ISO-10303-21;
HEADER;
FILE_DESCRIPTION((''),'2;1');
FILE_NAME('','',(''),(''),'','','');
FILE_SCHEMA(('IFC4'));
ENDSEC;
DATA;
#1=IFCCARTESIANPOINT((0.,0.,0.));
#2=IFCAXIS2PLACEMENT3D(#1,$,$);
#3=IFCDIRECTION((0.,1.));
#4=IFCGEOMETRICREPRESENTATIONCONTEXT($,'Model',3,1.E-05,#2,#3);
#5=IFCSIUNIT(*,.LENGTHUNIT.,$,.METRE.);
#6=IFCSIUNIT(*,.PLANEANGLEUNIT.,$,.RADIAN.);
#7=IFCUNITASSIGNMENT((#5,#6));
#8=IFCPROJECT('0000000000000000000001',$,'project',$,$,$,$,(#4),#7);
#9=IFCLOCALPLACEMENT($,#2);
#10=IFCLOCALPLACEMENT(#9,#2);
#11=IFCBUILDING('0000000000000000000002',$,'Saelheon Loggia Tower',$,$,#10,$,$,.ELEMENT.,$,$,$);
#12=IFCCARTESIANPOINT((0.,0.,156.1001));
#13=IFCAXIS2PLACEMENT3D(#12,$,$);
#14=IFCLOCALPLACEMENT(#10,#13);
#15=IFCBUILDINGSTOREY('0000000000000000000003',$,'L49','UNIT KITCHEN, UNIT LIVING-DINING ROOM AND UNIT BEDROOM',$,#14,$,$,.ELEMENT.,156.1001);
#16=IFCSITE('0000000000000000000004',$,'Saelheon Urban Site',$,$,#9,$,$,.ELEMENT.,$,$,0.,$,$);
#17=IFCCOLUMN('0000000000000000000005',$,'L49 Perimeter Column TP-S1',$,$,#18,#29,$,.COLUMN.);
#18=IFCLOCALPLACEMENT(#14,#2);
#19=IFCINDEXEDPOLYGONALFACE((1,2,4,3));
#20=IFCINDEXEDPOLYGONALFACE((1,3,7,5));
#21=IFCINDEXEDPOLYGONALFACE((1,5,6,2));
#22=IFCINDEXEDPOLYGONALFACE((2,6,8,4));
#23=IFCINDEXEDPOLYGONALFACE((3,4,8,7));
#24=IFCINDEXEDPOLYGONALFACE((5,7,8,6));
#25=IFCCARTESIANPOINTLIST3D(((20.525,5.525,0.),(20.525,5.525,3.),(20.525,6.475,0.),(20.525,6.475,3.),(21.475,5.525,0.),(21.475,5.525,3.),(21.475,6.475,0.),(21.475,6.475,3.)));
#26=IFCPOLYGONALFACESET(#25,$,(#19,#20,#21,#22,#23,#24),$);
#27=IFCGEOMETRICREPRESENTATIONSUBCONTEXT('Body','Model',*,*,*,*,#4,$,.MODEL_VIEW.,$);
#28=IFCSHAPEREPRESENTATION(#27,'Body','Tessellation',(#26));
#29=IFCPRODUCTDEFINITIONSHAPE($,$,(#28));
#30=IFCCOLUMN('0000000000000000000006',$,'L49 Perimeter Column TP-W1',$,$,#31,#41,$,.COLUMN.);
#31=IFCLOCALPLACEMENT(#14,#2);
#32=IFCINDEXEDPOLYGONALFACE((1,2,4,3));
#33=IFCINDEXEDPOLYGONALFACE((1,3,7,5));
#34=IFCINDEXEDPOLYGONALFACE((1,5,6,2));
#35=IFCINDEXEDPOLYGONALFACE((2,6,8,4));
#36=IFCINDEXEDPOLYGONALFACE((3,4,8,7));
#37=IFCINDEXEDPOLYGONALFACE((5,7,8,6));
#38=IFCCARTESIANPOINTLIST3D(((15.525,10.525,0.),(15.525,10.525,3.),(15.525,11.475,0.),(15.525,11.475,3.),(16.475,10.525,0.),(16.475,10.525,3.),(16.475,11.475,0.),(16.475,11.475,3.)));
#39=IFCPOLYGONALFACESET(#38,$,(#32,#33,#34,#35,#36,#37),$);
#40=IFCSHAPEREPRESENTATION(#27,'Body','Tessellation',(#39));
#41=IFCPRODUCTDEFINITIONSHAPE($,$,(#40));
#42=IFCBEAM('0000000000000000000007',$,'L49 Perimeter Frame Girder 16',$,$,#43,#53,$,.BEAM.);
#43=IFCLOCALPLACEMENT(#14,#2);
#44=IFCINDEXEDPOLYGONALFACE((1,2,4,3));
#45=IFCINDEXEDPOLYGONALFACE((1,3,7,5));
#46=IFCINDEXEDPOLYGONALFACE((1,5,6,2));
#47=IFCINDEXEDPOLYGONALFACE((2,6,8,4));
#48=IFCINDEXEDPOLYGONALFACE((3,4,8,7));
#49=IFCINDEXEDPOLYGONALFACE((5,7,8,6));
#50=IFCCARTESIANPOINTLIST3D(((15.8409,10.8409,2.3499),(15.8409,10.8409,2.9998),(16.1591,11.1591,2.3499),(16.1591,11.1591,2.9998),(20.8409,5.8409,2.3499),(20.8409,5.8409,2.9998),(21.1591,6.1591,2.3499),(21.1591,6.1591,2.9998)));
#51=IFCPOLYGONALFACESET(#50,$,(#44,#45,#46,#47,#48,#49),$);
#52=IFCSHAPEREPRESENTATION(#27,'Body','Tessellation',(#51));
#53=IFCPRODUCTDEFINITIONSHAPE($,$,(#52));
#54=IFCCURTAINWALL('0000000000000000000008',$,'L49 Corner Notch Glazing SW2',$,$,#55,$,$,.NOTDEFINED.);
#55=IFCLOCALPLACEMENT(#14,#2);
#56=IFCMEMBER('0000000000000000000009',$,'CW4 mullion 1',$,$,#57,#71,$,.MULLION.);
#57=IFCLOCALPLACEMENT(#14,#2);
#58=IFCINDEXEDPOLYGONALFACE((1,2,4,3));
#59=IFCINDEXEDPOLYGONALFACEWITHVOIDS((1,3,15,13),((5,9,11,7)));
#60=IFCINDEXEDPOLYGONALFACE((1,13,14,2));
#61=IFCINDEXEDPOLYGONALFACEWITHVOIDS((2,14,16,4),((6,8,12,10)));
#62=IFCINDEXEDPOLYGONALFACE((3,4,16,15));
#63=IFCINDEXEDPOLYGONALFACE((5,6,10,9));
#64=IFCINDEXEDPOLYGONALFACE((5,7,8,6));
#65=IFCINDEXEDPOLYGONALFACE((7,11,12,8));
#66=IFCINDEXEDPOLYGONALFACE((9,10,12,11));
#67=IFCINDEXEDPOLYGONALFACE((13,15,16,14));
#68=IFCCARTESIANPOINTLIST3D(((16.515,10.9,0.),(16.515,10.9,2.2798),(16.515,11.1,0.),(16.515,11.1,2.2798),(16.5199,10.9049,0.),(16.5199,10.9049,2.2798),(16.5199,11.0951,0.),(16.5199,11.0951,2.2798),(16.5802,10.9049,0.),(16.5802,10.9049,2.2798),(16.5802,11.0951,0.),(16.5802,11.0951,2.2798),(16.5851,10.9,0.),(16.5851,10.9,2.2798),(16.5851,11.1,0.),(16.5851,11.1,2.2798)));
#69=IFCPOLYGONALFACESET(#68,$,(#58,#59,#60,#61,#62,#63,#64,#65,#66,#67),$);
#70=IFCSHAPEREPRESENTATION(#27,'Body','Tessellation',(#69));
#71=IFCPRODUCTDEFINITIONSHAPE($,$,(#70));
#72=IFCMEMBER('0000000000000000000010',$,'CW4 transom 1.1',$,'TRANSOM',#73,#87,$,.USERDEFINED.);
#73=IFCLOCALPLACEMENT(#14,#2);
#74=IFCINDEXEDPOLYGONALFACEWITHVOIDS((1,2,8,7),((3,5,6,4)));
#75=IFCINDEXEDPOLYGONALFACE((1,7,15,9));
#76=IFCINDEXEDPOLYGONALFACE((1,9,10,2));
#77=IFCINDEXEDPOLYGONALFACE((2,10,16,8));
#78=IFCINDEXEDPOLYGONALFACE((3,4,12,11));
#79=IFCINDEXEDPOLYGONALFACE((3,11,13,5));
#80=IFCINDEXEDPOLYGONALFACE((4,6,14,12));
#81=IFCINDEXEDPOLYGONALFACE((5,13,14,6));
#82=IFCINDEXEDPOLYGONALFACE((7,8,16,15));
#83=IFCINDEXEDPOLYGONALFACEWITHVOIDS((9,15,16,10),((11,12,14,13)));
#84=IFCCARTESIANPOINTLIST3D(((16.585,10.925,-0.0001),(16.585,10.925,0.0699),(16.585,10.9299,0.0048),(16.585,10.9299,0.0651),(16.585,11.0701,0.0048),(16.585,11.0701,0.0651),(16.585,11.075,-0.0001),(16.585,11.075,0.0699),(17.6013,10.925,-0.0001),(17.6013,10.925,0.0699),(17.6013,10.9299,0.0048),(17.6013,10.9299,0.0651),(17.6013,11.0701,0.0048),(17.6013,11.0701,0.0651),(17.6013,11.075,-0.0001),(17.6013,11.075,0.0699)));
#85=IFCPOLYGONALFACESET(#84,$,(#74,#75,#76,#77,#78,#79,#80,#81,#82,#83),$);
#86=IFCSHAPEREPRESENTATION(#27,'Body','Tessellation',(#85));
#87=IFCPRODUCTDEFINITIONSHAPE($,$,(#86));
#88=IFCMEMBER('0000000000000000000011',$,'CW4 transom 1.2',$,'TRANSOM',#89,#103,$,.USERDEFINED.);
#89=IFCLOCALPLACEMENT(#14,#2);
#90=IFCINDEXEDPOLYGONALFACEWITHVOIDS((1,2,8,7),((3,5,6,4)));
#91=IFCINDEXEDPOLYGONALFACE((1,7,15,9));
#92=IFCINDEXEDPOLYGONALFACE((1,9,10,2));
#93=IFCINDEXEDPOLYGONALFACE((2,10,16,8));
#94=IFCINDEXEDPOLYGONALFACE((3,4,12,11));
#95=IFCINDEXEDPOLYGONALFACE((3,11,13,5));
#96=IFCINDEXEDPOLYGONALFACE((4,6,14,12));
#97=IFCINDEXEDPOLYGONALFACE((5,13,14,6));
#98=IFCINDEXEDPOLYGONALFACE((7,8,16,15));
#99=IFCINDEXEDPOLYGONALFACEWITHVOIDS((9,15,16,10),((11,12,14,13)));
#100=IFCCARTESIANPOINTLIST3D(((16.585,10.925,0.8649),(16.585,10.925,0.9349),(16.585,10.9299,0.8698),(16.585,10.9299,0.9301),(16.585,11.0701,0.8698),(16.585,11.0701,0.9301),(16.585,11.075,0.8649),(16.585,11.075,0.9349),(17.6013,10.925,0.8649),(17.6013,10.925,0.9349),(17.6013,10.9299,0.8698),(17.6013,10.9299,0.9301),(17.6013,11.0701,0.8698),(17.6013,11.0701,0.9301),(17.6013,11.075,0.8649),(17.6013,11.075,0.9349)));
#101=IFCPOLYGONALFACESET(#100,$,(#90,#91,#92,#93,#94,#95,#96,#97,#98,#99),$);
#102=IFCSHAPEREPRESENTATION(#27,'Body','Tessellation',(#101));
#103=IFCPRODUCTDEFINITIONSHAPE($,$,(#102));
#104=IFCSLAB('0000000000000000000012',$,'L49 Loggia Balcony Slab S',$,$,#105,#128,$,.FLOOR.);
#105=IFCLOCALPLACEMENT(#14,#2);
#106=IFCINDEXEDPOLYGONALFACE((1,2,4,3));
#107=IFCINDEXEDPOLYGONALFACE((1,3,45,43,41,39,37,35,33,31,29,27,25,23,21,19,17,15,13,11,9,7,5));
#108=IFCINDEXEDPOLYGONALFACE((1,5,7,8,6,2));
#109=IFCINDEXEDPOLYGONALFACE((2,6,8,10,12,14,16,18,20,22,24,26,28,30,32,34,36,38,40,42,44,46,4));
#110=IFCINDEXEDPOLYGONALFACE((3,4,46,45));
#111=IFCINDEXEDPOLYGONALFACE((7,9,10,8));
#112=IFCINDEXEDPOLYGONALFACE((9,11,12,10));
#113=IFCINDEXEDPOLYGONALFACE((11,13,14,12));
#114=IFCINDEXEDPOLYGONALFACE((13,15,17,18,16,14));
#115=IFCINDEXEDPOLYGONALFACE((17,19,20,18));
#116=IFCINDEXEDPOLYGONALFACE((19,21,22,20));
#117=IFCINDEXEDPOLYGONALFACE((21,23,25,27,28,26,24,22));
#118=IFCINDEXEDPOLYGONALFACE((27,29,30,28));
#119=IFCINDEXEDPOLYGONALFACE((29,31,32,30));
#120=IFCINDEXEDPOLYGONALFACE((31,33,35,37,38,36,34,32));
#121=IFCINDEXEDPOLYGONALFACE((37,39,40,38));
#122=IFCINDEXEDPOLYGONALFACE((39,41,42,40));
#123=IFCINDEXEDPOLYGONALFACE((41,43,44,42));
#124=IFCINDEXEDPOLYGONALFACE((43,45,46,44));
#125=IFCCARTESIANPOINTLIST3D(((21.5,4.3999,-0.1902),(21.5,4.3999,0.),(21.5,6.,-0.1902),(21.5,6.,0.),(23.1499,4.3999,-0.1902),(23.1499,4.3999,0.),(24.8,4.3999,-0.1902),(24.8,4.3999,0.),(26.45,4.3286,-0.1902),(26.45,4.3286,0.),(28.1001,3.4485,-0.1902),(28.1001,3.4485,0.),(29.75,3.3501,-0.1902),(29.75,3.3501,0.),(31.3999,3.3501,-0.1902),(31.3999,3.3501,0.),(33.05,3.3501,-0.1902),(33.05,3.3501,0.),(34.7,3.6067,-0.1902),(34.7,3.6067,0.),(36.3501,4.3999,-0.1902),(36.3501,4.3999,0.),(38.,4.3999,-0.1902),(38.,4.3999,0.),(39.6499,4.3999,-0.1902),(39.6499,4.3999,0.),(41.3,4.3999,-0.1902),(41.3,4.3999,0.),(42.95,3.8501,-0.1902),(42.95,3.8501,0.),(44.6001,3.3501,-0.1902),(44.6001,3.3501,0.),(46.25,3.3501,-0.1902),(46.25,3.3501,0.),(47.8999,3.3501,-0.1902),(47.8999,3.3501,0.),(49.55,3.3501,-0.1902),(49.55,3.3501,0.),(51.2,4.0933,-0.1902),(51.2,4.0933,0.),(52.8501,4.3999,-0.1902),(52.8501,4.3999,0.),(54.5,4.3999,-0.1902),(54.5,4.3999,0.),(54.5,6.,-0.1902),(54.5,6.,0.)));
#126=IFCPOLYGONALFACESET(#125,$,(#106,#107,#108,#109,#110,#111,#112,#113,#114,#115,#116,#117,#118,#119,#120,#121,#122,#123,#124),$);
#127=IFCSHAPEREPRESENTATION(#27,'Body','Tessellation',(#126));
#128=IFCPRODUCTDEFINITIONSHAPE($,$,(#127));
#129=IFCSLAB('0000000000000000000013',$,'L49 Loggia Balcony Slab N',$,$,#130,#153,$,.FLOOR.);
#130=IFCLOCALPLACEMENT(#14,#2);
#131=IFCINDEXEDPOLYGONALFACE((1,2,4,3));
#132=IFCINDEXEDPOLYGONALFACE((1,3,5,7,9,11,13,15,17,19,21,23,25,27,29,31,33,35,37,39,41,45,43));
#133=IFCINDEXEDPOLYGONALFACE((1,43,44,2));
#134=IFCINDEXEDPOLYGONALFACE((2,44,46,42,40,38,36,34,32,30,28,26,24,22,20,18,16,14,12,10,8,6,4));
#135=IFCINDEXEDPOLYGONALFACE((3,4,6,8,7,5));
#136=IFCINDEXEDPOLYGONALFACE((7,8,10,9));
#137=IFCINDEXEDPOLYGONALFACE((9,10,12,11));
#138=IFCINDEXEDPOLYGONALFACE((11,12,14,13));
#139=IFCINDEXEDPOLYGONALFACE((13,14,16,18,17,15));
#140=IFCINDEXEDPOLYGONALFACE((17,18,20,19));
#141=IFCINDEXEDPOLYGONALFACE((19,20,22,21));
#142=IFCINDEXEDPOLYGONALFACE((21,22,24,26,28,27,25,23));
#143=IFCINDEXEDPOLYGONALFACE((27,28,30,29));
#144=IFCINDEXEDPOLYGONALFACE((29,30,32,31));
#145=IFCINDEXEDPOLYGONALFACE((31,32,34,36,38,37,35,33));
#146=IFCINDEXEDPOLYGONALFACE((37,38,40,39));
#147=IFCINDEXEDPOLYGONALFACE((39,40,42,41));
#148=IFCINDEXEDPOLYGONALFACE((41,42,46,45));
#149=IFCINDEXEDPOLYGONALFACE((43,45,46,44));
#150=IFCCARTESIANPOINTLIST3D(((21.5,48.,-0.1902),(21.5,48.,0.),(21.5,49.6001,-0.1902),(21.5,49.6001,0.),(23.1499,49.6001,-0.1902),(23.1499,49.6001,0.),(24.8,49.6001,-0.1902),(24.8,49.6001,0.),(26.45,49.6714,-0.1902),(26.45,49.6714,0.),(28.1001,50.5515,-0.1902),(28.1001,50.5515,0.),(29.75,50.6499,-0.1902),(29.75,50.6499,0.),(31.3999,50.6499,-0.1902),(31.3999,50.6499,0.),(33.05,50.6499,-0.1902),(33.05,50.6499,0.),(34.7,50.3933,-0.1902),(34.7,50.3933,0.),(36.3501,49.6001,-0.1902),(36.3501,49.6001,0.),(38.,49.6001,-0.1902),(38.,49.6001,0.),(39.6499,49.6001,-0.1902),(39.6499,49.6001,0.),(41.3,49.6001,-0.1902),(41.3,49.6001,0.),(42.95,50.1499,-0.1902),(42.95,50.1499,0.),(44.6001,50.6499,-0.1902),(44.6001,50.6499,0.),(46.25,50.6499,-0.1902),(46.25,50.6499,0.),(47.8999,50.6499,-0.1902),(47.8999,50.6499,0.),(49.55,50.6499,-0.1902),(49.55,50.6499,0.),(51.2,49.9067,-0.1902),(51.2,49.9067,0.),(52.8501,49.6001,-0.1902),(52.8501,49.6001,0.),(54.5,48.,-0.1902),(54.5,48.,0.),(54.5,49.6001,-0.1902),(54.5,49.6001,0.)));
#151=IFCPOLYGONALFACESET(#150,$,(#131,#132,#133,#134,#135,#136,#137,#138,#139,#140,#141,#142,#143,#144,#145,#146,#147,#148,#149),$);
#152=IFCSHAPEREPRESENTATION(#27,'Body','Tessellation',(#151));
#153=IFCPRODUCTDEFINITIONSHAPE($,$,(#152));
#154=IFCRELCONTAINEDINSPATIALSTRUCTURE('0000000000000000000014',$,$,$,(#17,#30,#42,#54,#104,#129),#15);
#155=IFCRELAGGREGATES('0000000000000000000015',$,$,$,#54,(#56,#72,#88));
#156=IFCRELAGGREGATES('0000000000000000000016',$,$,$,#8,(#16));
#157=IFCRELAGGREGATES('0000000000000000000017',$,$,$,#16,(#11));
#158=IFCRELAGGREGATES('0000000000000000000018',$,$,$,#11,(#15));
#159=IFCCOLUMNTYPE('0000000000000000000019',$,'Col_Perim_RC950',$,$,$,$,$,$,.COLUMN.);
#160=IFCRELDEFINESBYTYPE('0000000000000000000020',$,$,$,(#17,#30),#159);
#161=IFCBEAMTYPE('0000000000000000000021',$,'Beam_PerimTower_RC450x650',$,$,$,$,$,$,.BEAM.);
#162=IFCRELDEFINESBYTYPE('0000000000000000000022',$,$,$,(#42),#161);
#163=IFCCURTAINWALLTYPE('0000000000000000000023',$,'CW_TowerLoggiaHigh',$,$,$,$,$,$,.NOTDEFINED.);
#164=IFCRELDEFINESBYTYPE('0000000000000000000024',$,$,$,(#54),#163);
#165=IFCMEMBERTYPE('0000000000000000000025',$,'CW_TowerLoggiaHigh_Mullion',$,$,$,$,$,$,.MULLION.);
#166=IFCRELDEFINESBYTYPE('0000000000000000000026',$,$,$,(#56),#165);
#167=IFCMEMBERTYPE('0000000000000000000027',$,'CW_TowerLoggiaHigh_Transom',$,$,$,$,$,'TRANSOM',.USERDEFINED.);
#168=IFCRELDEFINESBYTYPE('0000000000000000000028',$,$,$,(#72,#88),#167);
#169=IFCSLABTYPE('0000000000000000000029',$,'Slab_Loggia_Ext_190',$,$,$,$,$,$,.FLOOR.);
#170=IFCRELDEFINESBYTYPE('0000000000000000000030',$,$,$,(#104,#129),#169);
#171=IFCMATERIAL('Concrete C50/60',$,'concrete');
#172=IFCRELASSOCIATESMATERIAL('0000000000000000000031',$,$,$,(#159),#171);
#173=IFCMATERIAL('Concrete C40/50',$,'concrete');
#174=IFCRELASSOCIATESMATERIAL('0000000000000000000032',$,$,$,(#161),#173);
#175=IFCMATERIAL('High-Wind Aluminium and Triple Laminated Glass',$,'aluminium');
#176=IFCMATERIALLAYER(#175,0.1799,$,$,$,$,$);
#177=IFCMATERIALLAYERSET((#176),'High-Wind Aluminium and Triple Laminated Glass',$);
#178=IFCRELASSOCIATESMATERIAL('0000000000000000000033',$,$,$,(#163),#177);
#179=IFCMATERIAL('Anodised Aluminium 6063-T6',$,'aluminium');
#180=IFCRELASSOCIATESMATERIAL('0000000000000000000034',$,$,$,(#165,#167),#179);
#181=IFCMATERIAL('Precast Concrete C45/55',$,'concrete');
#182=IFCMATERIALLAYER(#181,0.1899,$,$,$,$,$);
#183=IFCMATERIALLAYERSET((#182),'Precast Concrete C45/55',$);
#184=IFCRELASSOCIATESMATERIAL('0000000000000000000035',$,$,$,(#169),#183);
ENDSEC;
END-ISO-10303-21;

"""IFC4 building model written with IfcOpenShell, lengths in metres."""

from ifc_helpers import new_model, si_unit, direction, frame, origin, origin_2d, place, context, subcontext, project, spatial, polyline, rectangle, hollow_rectangle, outline, extrude, source, transform, mapped, material, layer, layer_set, material_profile, profile_set, type_object, element, aggregate, save


model = new_model("IFC4")

# Units and contexts
model_context = context("Model", 3, precision=1e-05, world=origin(), true_north=direction((0.0, 1.0)))
body_context = subcontext(model_context, "Body", "Model", "MODEL_VIEW")
ifc_project = project(units=[si_unit("LENGTHUNIT", "METRE"), si_unit("PLANEANGLEUNIT", "RADIAN")], contexts=[model_context])

# Site, building, storey
site_placement = place(None, origin())
site = spatial("IfcSite", under=ifc_project, at=site_placement, Name="Saelheon Urban Site", CompositionType="ELEMENT", RefElevation=0.0)
building_placement = place(site_placement, origin())
building = spatial("IfcBuilding", under=site, at=building_placement, Name="Saelheon Loggia Tower", CompositionType="ELEMENT")
storey_placement = place(building_placement, frame((0.0, 0.0, 156.1001)))
storey = spatial("IfcBuildingStorey", under=building, at=storey_placement, Name="L49", Description="UNIT KITCHEN, UNIT LIVING-DINING ROOM AND UNIT BEDROOM", CompositionType="ELEMENT", Elevation=156.1001)

# Columns
ifc_material_1 = material(Name="Concrete C50/60", Category="concrete")
ifc_material_profile_1 = material_profile(ifc_material_1, rectangle(XDim=0.95, YDim=0.95, at=origin_2d()), Name="RC-950x950")
ifc_profile_set_1 = profile_set([ifc_material_profile_1], Name="Concrete C50/60")
column_type = type_object("IfcColumnType", Name="Col_Perim_RC950", PredefinedType="COLUMN", material=ifc_profile_set_1)
shared_shape_1 = source(origin(), body_context, "Body", "SweptSolid", [
    extrude(rectangle(XDim=0.95, YDim=0.95, at=origin_2d()), origin(), (0.0, 0.0, 1.0), 3.0),
])
for number, where, z_axis, x_axis, name in (
    (1, (21.0, 6.0, 0.0), (0.0, 0.0, 1.0), (1.0, 0.0, 0.0), "L49 Perimeter Column TP-S1"),
    (2, (16.0, 11.0, 0.0), (0.0, 0.0, 1.0), (1.0, 0.0, 0.0), "L49 Perimeter Column TP-W1"),
):
    element("IfcColumn", number, at=place(storey_placement, frame(where, z_axis=z_axis, x_axis=x_axis)), inside=storey, type_object=column_type, Name=name, PredefinedType="COLUMN", context=body_context, shape_type="MappedRepresentation", body=[
        mapped(shared_shape_1, transform((0.0, 0.0, 0.0), scale=1.0)),
    ])

# Beam
ifc_material_2 = material(Name="Concrete C40/50", Category="concrete")
ifc_material_profile_2 = material_profile(ifc_material_2, rectangle(XDim=0.45, YDim=0.6499, at=origin_2d()), Name="RC-450x650")
ifc_profile_set_2 = profile_set([ifc_material_profile_2], Name="Concrete C40/50")
beam_type = type_object("IfcBeamType", Name="Beam_PerimTower_RC450x650", PredefinedType="BEAM", material=ifc_profile_set_2)
shared_shape_2 = source(origin(), body_context, "Body", "SweptSolid", [
    extrude(rectangle(XDim=0.45, YDim=0.6499, at=origin_2d()), origin(), (0.0, 0.0, 1.0), 7.071),
])
beam_placement = place(storey_placement, frame((16.0, 11.0, 2.6748), z_axis=(0.707107, -0.707107, 0.0), x_axis=(0.707107, 0.707107, 0.0)))
element("IfcBeam", 3, at=beam_placement, inside=storey, type_object=beam_type, Name="L49 Perimeter Frame Girder 16", PredefinedType="BEAM", context=body_context, shape_type="MappedRepresentation", body=[
    mapped(shared_shape_2, transform((0.0, 0.0, 0.0), scale=1.0)),
])

# Curtain wall, members
ifc_material_3 = material(Name="High-Wind Aluminium and Triple Laminated Glass", Category="aluminium")
ifc_layer_1 = layer(ifc_material_3, 0.1799)
ifc_layer_set_1 = layer_set([ifc_layer_1], Name="High-Wind Aluminium and Triple Laminated Glass")
curtain_wall_type = type_object("IfcCurtainWallType", Name="CW_TowerLoggiaHigh", PredefinedType="NOTDEFINED", material=ifc_layer_set_1)
curtain_wall_placement = place(storey_placement, origin())
curtain_wall = element("IfcCurtainWall", 4, at=curtain_wall_placement, inside=storey, type_object=curtain_wall_type, Name="L49 Corner Notch Glazing SW2", PredefinedType="NOTDEFINED")
ifc_material_4 = material(Name="Anodised Aluminium 6063-T6", Category="aluminium")
ifc_material_profile_3 = material_profile(ifc_material_4, hollow_rectangle(XDim=0.0701, YDim=0.2, WallThickness=0.0049, at=origin_2d()), Name="RHS-200x70x5")
ifc_profile_set_3 = profile_set([ifc_material_profile_3], Name="Anodised Aluminium 6063-T6")
member_type_1 = type_object("IfcMemberType", Name="CW_TowerLoggiaHigh_Mullion", PredefinedType="MULLION", material=ifc_profile_set_3)
shared_shape_3 = source(origin(), body_context, "Body", "SweptSolid", [
    extrude(hollow_rectangle(XDim=0.0701, YDim=0.2, WallThickness=0.0049, at=origin_2d()), origin(), (0.0, 0.0, 1.0), 2.2798),
])
member_1_placement = place(storey_placement, frame((16.55, 11.0, 0.0), z_axis=(0.0, 0.0, 1.0), x_axis=(1.0, 0.0, 0.0)))
member_1 = element("IfcMember", 5, at=member_1_placement, type_object=member_type_1, Name="CW4 mullion 1", PredefinedType="MULLION", context=body_context, shape_type="MappedRepresentation", body=[
    mapped(shared_shape_3, transform((0.0, 0.0, 0.0), scale=1.0)),
])
ifc_material_profile_4 = material_profile(ifc_material_4, hollow_rectangle(XDim=0.0701, YDim=0.1499, WallThickness=0.0049, at=origin_2d()), Name="RHS-150x70x5")
ifc_profile_set_4 = profile_set([ifc_material_profile_4], Name="Anodised Aluminium 6063-T6")
member_type_2 = type_object("IfcMemberType", Name="CW_TowerLoggiaHigh_Transom", ElementType="TRANSOM", PredefinedType="USERDEFINED", material=ifc_profile_set_4)
shared_shape_4 = source(origin(), body_context, "Body", "SweptSolid", [
    extrude(hollow_rectangle(XDim=0.0701, YDim=0.1499, WallThickness=0.0049, at=origin_2d()), origin(), (0.0, 0.0, 1.0), 1.0164),
])
member_2_placement = place(storey_placement, frame((16.585, 11.0, 0.0349), z_axis=(1.0, 0.0, 0.0), x_axis=(0.0, 0.0, 1.0)))
member_2 = element("IfcMember", 6, at=member_2_placement, type_object=member_type_2, Name="CW4 transom 1.1", ObjectType="TRANSOM", PredefinedType="USERDEFINED", context=body_context, shape_type="MappedRepresentation", body=[
    mapped(shared_shape_4, transform((0.0, 0.0, 0.0), scale=1.0)),
])
member_3_placement = place(storey_placement, frame((16.585, 11.0, 0.8999), z_axis=(1.0, 0.0, 0.0), x_axis=(0.0, 0.0, 1.0)))
member_3 = element("IfcMember", 7, at=member_3_placement, type_object=member_type_2, Name="CW4 transom 1.2", ObjectType="TRANSOM", PredefinedType="USERDEFINED", context=body_context, shape_type="MappedRepresentation", body=[
    mapped(shared_shape_4, transform((0.0, 0.0, 0.0), scale=1.0)),
])
aggregate(curtain_wall, [member_1, member_2, member_3])

# Slabs
ifc_material_5 = material(Name="Precast Concrete C45/55", Category="concrete")
ifc_layer_2 = layer(ifc_material_5, 0.1899)
ifc_layer_set_2 = layer_set([ifc_layer_2], Name="Precast Concrete C45/55")
slab_type_1 = type_object("IfcSlabType", Name="Slab_Loggia_Ext_190", PredefinedType="FLOOR", material=ifc_layer_set_2)
slab_1_placement = place(storey_placement, frame((0.0, 0.0, -0.1902)))
element("IfcSlab", 8, at=slab_1_placement, inside=storey, type_object=slab_type_1, Name="L49 Loggia Balcony Slab S", PredefinedType="FLOOR", context=body_context, shape_type="SweptSolid", body=[
    extrude(outline(polyline([(21.5, 4.3999), (23.1499, 4.3999), (24.8, 4.3999), (26.45, 4.3286), (28.1001, 3.4485), (29.75, 3.3501), (31.3999, 3.3501), (33.05, 3.3501), (34.7, 3.6067), (36.3501, 4.3999), (38.0, 4.3999), (39.6499, 4.3999), (41.3, 4.3999), (42.95, 3.8501), (44.6001, 3.3501), (46.25, 3.3501), (47.8999, 3.3501), (49.55, 3.3501), (51.2, 4.0933), (52.8501, 4.3999), (54.5, 4.3999), (54.5, 6.0), (21.5, 6.0), (21.5, 4.3999)])), origin(), (0.0, 0.0, 1.0), 0.1902),
])
slab_2_placement = place(storey_placement, frame((0.0, 0.0, -0.1902)))
element("IfcSlab", 9, at=slab_2_placement, inside=storey, type_object=slab_type_1, Name="L49 Loggia Balcony Slab N", PredefinedType="FLOOR", context=body_context, shape_type="SweptSolid", body=[
    extrude(outline(polyline([(21.5, 48.0), (54.5, 48.0), (54.5, 49.6001), (52.8501, 49.6001), (51.2, 49.9067), (49.55, 50.6499), (47.8999, 50.6499), (46.25, 50.6499), (44.6001, 50.6499), (42.95, 50.1499), (41.3, 49.6001), (39.6499, 49.6001), (38.0, 49.6001), (36.3501, 49.6001), (34.7, 50.3933), (33.05, 50.6499), (31.3999, 50.6499), (29.75, 50.6499), (28.1001, 50.5515), (26.45, 49.6714), (24.8, 49.6001), (23.1499, 49.6001), (21.5, 49.6001), (21.5, 48.0)])), origin(), (0.0, 0.0, 1.0), 0.1902),
])

save(model, "model.ifc")
